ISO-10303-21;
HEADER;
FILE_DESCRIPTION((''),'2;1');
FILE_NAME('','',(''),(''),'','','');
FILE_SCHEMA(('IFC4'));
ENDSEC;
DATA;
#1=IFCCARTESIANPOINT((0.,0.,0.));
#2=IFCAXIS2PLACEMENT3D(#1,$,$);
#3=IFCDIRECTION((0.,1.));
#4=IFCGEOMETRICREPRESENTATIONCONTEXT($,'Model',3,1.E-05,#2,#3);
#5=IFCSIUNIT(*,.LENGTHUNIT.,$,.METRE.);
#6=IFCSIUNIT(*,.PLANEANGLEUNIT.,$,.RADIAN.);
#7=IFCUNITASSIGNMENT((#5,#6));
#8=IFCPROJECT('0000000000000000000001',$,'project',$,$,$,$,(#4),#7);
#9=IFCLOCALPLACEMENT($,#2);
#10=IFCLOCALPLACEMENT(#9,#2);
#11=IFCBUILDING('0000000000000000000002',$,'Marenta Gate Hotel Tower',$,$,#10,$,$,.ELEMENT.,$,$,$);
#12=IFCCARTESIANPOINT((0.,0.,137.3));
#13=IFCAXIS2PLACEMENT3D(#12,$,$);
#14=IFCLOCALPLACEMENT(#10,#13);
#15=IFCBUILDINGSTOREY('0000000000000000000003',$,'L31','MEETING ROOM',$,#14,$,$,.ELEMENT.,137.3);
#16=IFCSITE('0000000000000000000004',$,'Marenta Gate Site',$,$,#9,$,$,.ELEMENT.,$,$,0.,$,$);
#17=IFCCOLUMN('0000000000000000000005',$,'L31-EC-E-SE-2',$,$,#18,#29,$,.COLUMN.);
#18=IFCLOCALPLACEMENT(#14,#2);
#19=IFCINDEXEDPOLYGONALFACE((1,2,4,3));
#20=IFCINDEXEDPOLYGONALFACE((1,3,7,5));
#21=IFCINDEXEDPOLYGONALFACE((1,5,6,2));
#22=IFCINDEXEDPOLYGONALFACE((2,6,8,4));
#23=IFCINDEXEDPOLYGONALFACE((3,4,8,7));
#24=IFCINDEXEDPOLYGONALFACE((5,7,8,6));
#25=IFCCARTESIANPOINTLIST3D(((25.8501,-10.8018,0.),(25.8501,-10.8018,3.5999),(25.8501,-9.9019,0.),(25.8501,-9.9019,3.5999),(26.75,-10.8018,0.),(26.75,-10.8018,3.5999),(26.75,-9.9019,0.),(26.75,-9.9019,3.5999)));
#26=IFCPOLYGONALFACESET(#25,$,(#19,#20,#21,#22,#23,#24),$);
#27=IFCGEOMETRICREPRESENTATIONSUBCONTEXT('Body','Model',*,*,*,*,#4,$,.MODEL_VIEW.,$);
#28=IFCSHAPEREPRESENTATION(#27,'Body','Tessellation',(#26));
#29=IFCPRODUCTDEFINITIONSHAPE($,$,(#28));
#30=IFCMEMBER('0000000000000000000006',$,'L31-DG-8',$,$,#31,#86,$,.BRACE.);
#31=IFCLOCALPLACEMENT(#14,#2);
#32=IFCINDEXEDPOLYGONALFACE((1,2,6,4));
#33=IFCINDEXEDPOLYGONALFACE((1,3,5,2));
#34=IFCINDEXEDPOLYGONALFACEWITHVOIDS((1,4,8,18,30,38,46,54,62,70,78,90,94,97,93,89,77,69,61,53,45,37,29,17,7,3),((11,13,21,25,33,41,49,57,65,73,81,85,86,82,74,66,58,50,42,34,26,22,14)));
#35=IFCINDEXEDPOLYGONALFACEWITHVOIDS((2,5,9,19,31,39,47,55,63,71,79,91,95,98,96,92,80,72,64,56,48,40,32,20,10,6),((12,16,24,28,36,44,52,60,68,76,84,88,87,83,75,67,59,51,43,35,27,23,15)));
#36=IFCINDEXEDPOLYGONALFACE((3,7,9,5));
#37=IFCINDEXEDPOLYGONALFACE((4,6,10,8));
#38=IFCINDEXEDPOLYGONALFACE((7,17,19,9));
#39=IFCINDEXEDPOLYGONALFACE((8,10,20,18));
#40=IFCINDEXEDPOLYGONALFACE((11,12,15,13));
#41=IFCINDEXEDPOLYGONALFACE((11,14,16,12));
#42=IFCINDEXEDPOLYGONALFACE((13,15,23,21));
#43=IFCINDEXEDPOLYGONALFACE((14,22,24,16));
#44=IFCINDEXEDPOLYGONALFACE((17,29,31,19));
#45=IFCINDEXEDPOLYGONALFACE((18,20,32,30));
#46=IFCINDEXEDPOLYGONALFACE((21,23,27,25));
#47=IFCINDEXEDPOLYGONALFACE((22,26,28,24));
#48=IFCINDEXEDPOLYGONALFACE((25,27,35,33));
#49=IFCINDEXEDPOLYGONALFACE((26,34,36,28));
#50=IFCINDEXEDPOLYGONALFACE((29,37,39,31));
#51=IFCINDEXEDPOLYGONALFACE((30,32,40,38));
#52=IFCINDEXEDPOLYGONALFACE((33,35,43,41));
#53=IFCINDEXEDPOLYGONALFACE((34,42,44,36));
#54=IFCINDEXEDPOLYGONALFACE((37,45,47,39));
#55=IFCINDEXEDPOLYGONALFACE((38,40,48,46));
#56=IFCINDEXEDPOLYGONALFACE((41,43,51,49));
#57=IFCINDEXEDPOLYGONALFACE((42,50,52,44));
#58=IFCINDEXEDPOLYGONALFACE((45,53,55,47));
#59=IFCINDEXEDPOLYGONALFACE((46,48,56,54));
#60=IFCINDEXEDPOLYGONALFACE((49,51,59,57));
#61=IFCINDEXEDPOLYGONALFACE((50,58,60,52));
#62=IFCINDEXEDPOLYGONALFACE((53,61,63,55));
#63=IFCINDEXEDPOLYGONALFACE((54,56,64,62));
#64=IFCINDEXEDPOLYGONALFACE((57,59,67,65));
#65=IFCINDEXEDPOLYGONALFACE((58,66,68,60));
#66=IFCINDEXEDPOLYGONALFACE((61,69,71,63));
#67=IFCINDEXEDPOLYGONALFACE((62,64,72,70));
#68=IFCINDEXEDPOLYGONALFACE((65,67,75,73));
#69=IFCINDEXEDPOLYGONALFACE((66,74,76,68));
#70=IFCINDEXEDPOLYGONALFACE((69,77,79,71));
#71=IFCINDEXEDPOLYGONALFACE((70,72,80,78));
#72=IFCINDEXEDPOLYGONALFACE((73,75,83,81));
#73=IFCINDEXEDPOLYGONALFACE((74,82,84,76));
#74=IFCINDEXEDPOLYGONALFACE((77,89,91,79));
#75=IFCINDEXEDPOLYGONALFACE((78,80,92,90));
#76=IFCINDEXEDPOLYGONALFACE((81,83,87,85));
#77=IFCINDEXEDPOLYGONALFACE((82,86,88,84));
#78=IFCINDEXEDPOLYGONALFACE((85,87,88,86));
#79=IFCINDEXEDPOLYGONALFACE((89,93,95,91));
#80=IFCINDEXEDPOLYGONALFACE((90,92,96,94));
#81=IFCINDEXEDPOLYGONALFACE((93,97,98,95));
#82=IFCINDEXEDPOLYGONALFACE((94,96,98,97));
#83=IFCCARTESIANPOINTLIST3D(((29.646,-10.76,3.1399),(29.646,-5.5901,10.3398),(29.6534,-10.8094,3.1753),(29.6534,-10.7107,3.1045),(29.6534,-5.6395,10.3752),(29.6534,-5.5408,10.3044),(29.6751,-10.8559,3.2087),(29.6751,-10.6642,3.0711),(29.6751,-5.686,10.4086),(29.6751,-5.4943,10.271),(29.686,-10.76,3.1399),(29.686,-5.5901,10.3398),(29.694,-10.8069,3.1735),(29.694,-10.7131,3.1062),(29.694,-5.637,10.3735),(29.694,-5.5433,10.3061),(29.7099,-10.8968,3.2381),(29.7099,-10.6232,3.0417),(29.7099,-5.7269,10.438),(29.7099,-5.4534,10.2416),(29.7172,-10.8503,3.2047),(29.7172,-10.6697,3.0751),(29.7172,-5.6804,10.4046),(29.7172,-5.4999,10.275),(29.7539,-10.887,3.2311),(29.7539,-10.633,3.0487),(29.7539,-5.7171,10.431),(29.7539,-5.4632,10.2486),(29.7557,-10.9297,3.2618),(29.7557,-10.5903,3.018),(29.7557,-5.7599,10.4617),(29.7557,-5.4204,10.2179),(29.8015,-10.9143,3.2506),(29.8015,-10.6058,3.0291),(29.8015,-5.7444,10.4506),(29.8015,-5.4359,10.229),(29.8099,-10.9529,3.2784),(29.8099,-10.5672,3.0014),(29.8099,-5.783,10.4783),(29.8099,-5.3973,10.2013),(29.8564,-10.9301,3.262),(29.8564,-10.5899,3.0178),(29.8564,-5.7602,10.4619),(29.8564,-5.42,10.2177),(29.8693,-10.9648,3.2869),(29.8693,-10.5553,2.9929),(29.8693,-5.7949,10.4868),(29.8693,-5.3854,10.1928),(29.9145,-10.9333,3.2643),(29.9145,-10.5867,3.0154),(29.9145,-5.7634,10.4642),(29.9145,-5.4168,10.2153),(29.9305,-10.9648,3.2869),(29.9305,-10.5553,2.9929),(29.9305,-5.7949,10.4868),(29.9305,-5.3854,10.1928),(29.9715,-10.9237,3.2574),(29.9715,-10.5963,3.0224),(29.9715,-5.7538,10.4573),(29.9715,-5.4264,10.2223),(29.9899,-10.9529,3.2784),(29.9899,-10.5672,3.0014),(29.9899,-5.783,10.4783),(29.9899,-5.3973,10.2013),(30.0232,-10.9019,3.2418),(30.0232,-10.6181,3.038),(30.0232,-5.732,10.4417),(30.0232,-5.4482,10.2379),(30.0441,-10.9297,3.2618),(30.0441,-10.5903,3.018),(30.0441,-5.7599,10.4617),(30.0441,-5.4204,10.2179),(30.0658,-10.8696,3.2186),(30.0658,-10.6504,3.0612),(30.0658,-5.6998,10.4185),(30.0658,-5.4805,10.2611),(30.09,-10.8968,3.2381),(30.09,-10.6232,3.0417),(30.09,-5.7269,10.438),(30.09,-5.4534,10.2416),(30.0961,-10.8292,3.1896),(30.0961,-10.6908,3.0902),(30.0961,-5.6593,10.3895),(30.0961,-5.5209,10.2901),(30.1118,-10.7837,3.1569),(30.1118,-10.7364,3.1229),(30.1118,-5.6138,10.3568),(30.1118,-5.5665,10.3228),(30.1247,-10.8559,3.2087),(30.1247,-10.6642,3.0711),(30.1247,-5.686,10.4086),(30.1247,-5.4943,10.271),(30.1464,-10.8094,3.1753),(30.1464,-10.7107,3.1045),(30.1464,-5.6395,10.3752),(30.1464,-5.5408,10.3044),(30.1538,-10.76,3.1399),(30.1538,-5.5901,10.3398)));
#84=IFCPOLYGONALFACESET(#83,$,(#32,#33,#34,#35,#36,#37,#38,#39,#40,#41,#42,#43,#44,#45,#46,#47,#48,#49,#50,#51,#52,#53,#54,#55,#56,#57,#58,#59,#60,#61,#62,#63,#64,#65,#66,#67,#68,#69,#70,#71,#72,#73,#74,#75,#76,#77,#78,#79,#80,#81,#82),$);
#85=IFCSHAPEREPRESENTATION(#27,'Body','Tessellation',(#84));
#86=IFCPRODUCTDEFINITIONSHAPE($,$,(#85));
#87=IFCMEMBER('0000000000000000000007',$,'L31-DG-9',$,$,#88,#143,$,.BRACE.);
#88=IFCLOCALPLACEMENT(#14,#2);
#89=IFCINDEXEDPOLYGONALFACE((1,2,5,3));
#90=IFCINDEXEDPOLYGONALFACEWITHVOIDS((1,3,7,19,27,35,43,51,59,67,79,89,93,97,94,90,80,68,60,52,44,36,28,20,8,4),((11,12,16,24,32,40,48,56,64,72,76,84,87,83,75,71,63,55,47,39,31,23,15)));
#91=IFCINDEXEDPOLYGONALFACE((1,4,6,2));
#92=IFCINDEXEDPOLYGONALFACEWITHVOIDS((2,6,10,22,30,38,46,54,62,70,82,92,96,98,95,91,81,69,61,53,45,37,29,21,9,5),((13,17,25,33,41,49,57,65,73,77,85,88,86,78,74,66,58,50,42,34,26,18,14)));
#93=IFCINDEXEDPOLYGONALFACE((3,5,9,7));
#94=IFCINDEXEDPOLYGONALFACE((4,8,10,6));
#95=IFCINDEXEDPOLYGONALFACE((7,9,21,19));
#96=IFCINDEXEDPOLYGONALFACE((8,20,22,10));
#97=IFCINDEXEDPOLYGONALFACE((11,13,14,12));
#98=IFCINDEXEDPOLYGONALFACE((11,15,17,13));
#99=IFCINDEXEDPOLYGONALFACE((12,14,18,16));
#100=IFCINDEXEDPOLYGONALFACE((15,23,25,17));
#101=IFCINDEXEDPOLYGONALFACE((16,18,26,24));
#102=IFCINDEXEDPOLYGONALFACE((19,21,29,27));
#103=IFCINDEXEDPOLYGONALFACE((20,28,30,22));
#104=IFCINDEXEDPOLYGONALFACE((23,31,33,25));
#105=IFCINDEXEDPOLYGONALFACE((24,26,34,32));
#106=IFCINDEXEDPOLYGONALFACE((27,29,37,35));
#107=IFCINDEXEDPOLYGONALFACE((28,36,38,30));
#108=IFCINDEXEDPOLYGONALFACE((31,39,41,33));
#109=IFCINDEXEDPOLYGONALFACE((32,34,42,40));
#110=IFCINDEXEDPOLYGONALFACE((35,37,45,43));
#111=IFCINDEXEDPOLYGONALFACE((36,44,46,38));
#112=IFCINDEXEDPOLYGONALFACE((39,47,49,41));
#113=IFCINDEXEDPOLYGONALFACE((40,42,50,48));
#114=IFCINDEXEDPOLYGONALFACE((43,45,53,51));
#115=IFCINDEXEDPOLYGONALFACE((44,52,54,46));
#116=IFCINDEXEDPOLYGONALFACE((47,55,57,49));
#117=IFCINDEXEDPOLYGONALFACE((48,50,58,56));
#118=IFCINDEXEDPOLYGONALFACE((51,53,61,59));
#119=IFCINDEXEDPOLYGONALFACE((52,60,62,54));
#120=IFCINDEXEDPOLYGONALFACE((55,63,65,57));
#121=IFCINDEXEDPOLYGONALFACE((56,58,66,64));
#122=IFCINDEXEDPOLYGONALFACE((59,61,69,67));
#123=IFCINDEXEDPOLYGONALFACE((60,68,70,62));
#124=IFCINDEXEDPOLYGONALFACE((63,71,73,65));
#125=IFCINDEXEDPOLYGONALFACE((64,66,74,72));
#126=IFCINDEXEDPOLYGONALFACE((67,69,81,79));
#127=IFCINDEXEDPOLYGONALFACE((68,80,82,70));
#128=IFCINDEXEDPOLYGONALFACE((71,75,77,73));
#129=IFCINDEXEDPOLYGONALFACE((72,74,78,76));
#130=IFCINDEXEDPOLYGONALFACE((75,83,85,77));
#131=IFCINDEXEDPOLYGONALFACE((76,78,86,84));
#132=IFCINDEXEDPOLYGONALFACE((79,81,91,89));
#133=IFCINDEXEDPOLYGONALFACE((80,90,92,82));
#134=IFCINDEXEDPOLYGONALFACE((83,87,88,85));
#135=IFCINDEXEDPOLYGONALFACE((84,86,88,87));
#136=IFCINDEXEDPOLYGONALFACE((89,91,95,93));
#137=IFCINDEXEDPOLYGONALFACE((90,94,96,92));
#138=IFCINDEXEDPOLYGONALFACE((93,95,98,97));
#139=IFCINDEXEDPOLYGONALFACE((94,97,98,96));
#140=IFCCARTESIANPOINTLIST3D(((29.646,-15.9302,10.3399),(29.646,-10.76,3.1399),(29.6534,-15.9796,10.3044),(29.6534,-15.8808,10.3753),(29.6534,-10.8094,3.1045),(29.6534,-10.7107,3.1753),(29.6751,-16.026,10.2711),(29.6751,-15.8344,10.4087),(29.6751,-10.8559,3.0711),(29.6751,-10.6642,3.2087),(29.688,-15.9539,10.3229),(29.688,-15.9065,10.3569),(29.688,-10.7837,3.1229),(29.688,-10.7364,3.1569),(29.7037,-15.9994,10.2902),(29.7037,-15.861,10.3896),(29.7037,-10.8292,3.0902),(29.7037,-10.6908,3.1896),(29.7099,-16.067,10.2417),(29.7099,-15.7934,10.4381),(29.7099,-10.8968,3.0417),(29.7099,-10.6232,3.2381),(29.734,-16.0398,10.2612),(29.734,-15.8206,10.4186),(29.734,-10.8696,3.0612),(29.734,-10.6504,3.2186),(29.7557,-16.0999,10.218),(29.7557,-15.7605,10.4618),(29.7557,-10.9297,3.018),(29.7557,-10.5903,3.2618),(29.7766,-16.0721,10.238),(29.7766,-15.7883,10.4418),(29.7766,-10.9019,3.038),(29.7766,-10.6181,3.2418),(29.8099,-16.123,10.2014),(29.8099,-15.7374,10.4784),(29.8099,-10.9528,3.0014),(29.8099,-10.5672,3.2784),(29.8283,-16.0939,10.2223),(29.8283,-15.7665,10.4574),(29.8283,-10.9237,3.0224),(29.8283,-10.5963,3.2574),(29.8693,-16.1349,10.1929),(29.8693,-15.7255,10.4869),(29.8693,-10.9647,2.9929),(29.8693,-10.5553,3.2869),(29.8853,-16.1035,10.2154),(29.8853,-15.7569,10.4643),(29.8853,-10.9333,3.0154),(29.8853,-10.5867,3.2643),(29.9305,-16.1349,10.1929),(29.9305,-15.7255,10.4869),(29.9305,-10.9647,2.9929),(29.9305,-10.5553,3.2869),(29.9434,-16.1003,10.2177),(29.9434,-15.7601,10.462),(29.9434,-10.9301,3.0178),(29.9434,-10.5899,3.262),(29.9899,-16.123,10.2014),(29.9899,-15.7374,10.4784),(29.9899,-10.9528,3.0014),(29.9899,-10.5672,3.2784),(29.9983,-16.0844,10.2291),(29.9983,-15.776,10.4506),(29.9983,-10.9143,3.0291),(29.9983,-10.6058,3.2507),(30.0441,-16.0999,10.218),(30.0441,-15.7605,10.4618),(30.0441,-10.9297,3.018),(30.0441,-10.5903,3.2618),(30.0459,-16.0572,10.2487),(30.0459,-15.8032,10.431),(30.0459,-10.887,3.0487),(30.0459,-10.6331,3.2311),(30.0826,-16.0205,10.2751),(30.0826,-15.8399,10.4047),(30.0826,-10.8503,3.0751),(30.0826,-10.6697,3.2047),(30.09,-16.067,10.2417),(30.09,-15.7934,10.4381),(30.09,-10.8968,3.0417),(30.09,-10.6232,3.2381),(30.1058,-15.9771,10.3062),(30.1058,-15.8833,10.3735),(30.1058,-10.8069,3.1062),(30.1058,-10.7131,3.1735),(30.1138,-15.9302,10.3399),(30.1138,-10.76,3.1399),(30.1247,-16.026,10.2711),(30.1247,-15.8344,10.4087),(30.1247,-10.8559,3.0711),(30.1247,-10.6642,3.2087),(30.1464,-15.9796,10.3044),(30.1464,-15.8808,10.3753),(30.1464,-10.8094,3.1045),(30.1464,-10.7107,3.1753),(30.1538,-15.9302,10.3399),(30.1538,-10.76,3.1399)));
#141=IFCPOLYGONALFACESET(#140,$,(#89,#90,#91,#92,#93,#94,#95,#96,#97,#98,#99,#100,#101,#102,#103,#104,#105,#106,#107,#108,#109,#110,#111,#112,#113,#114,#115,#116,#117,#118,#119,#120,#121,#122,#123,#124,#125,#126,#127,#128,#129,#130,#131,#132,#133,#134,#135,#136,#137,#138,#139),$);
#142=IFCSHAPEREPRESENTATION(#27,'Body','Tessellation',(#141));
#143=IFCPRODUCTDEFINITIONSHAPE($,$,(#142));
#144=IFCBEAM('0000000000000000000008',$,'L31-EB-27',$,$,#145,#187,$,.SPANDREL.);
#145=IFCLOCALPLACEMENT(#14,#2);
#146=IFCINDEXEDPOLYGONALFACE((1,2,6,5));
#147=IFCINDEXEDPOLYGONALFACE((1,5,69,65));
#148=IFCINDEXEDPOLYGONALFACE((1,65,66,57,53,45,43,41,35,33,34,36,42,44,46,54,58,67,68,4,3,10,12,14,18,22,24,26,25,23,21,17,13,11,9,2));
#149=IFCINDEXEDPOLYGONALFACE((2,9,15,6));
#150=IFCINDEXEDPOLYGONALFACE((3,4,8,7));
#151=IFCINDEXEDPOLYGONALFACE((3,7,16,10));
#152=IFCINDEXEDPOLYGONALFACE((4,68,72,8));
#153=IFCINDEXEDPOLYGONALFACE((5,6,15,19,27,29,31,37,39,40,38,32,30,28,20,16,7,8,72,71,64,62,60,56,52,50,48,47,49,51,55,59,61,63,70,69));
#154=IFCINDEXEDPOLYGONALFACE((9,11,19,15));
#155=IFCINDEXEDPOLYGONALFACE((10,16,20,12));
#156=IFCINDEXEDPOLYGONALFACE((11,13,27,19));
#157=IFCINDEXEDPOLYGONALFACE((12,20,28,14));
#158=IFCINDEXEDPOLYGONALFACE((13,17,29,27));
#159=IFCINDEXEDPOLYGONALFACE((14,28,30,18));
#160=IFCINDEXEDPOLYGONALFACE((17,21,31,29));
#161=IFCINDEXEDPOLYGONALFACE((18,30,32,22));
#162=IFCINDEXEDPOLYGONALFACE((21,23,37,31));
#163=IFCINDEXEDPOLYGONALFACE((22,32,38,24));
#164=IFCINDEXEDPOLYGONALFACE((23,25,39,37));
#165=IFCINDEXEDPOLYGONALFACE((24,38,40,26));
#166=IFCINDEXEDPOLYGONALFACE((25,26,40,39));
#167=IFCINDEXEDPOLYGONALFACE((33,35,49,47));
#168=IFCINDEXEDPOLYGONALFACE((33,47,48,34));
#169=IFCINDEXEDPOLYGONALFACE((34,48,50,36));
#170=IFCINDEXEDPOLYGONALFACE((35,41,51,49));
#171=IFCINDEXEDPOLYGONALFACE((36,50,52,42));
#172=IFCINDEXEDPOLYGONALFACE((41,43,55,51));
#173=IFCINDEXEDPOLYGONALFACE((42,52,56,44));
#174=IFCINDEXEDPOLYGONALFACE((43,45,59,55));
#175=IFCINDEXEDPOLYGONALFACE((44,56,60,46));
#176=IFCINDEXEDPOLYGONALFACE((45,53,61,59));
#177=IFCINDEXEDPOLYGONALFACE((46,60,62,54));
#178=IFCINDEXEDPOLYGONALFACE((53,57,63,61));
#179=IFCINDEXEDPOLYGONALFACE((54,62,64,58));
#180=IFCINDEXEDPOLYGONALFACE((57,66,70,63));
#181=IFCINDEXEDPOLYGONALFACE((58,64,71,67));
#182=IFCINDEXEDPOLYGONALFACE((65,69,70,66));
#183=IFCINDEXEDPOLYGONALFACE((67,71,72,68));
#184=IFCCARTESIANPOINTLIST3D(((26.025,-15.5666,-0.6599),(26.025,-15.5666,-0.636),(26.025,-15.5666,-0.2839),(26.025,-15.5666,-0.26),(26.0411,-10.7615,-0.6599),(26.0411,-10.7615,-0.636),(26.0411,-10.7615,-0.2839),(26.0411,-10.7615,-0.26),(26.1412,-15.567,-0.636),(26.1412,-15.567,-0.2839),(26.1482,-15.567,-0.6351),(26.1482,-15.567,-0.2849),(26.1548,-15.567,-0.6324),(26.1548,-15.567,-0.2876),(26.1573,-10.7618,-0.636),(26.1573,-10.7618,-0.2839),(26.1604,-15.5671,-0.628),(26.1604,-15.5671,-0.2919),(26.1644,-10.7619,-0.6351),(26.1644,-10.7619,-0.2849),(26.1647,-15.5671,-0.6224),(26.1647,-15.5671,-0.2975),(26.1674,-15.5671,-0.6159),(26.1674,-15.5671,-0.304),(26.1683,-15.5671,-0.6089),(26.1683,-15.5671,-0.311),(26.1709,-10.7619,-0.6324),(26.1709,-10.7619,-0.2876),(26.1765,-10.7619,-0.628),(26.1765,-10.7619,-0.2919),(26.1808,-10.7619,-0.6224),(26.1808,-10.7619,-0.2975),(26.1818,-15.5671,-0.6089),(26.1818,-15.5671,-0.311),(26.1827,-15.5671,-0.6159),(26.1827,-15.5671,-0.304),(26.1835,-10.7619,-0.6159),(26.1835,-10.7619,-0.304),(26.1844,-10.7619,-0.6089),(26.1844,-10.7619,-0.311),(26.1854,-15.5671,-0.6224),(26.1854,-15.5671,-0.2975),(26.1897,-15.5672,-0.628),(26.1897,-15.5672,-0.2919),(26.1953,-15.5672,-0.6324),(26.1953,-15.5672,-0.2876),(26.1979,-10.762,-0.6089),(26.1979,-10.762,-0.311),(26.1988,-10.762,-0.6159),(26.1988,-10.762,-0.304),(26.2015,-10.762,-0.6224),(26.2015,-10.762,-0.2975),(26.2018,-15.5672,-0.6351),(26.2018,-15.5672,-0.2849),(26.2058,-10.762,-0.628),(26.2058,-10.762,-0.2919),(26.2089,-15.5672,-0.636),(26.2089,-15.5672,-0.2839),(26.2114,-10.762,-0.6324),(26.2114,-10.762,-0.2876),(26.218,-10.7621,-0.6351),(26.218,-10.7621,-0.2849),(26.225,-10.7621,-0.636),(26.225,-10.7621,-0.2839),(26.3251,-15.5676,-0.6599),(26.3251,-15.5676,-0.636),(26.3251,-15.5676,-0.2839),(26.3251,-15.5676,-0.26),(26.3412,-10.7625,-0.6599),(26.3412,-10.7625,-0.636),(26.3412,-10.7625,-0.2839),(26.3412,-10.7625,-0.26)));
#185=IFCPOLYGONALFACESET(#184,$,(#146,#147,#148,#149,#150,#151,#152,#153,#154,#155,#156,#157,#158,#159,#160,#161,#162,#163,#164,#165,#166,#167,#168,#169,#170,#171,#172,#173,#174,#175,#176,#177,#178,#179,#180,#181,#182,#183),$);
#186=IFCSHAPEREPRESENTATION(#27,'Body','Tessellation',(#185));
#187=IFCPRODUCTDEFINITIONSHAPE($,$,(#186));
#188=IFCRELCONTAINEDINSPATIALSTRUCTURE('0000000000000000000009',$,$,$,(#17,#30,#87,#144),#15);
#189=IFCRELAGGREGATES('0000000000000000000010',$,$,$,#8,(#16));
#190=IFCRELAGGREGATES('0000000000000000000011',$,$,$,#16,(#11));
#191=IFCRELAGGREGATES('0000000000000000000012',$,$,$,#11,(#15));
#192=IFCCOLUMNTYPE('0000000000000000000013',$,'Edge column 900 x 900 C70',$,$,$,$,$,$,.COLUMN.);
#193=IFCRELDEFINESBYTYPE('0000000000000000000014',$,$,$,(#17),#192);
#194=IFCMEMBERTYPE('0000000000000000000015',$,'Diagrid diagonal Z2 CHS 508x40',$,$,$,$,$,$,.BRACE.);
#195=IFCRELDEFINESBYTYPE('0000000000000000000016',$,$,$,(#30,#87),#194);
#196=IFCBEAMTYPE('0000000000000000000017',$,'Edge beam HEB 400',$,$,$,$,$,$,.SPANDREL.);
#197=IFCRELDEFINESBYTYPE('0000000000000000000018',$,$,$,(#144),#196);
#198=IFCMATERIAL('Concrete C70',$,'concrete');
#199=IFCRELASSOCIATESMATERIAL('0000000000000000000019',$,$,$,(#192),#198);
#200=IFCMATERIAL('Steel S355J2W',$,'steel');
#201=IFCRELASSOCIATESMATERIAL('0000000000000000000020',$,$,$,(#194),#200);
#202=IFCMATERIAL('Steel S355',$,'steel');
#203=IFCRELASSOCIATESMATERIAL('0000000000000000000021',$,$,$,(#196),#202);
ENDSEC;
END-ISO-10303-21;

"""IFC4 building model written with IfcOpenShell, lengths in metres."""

from ifc_helpers import new_model, si_unit, direction, frame, origin, origin_2d, place, context, subcontext, project, spatial, rectangle, hollow_circle, i_section, extrude, material, material_profile, profile_set, type_object, element, save


model = new_model("IFC4")

# Units and contexts
model_context = context("Model", 3, precision=1e-05, world=origin(), true_north=direction((0.0, 1.0)))
body_context = subcontext(model_context, "Body", "Model", "MODEL_VIEW")
ifc_project = project(units=[si_unit("LENGTHUNIT", "METRE"), si_unit("PLANEANGLEUNIT", "RADIAN")], contexts=[model_context])

# Site, building, storey
site_placement = place(None, origin())
site = spatial("IfcSite", under=ifc_project, at=site_placement, Name="Marenta Gate Site", CompositionType="ELEMENT", RefElevation=0.0)
building_placement = place(site_placement, origin())
building = spatial("IfcBuilding", under=site, at=building_placement, Name="Marenta Gate Hotel Tower", CompositionType="ELEMENT")
storey_placement = place(building_placement, frame((0.0, 0.0, 137.3)))
storey = spatial("IfcBuildingStorey", under=building, at=storey_placement, Name="L31", Description="MEETING ROOM", CompositionType="ELEMENT", Elevation=137.3)

# Column
ifc_material_1 = material(Name="Concrete C70", Category="concrete")
ifc_material_profile_1 = material_profile(ifc_material_1, rectangle(XDim=0.8999, YDim=0.8999, at=origin_2d()), Name="900 x 900")
ifc_profile_set_1 = profile_set([ifc_material_profile_1], Name="Concrete C70")
column_type = type_object("IfcColumnType", Name="Edge column 900 x 900 C70", PredefinedType="COLUMN", material=ifc_profile_set_1)
column_placement = place(storey_placement, frame((26.3, -10.3518, 0.0), z_axis=(0.0, 0.0, 1.0), x_axis=(1.0, 0.0, 0.0)))
element("IfcColumn", 1, at=column_placement, inside=storey, type_object=column_type, Name="L31-EC-E-SE-2", PredefinedType="COLUMN", context=body_context, shape_type="SweptSolid", body=[
    extrude(rectangle(XDim=0.8999, YDim=0.8999, at=origin_2d()), origin(), (0.0, 0.0, 1.0), 3.5999),
])

# Members
ifc_material_2 = material(Name="Steel S355J2W", Category="steel")
ifc_material_profile_2 = material_profile(ifc_material_2, hollow_circle(Radius=0.2539, WallThickness=0.04, at=origin_2d()), Name="CHS 508x40")
ifc_profile_set_2 = profile_set([ifc_material_profile_2], Name="Steel S355J2W")
member_type_1 = type_object("IfcMemberType", Name="Diagrid diagonal Z2 CHS 508x40", PredefinedType="BRACE", material=ifc_profile_set_2)
member_1_placement = place(storey_placement, frame((29.8999, -10.76, 3.1399), z_axis=(0.0, 0.583261, 0.812285), x_axis=(-1.0, 0.0, 0.0)))
element("IfcMember", 2, at=member_1_placement, inside=storey, type_object=member_type_1, Name="L31-DG-8", PredefinedType="BRACE", context=body_context, shape_type="SweptSolid", body=[
    extrude(hollow_circle(Radius=0.2539, WallThickness=0.04, at=origin_2d()), origin(), (0.0, 0.0, 1.0), 8.8638),
])
member_2_placement = place(storey_placement, frame((29.8999, -10.76, 3.1399), z_axis=(0.0, -0.583279, 0.812272), x_axis=(1.0, 0.0, 0.0)))
element("IfcMember", 3, at=member_2_placement, inside=storey, type_object=member_type_1, Name="L31-DG-9", PredefinedType="BRACE", context=body_context, shape_type="SweptSolid", body=[
    extrude(hollow_circle(Radius=0.2539, WallThickness=0.04, at=origin_2d()), origin(), (0.0, 0.0, 1.0), 8.864),
])

# Beam
ifc_material_3 = material(Name="Steel S355", Category="steel")
ifc_material_profile_3 = material_profile(ifc_material_3, i_section(OverallWidth=0.3, OverallDepth=0.3999, WebThickness=0.0134, FlangeThickness=0.0239, FilletRadius=0.0271, at=origin_2d()), Name="HEB 400")
ifc_profile_set_3 = profile_set([ifc_material_profile_3], Name="Steel S355")
beam_type = type_object("IfcBeamType", Name="Edge beam HEB 400", PredefinedType="SPANDREL", material=ifc_profile_set_3)
beam_1_placement = place(storey_placement, frame((26.1912, -10.762, -0.46), z_axis=(-0.003353, -0.999994, 0.0), x_axis=(0.999994, -0.003353, 0.0)))
element("IfcBeam", 4, at=beam_1_placement, inside=storey, type_object=beam_type, Name="L31-EB-27", PredefinedType="SPANDREL", context=body_context, shape_type="SweptSolid", body=[
    extrude(i_section(OverallWidth=0.3, OverallDepth=0.3999, WebThickness=0.0134, FlangeThickness=0.0239, FilletRadius=0.0271, at=origin_2d()), origin(), (0.0, 0.0, 1.0), 4.8052),
])

save(model, "model.ifc")
